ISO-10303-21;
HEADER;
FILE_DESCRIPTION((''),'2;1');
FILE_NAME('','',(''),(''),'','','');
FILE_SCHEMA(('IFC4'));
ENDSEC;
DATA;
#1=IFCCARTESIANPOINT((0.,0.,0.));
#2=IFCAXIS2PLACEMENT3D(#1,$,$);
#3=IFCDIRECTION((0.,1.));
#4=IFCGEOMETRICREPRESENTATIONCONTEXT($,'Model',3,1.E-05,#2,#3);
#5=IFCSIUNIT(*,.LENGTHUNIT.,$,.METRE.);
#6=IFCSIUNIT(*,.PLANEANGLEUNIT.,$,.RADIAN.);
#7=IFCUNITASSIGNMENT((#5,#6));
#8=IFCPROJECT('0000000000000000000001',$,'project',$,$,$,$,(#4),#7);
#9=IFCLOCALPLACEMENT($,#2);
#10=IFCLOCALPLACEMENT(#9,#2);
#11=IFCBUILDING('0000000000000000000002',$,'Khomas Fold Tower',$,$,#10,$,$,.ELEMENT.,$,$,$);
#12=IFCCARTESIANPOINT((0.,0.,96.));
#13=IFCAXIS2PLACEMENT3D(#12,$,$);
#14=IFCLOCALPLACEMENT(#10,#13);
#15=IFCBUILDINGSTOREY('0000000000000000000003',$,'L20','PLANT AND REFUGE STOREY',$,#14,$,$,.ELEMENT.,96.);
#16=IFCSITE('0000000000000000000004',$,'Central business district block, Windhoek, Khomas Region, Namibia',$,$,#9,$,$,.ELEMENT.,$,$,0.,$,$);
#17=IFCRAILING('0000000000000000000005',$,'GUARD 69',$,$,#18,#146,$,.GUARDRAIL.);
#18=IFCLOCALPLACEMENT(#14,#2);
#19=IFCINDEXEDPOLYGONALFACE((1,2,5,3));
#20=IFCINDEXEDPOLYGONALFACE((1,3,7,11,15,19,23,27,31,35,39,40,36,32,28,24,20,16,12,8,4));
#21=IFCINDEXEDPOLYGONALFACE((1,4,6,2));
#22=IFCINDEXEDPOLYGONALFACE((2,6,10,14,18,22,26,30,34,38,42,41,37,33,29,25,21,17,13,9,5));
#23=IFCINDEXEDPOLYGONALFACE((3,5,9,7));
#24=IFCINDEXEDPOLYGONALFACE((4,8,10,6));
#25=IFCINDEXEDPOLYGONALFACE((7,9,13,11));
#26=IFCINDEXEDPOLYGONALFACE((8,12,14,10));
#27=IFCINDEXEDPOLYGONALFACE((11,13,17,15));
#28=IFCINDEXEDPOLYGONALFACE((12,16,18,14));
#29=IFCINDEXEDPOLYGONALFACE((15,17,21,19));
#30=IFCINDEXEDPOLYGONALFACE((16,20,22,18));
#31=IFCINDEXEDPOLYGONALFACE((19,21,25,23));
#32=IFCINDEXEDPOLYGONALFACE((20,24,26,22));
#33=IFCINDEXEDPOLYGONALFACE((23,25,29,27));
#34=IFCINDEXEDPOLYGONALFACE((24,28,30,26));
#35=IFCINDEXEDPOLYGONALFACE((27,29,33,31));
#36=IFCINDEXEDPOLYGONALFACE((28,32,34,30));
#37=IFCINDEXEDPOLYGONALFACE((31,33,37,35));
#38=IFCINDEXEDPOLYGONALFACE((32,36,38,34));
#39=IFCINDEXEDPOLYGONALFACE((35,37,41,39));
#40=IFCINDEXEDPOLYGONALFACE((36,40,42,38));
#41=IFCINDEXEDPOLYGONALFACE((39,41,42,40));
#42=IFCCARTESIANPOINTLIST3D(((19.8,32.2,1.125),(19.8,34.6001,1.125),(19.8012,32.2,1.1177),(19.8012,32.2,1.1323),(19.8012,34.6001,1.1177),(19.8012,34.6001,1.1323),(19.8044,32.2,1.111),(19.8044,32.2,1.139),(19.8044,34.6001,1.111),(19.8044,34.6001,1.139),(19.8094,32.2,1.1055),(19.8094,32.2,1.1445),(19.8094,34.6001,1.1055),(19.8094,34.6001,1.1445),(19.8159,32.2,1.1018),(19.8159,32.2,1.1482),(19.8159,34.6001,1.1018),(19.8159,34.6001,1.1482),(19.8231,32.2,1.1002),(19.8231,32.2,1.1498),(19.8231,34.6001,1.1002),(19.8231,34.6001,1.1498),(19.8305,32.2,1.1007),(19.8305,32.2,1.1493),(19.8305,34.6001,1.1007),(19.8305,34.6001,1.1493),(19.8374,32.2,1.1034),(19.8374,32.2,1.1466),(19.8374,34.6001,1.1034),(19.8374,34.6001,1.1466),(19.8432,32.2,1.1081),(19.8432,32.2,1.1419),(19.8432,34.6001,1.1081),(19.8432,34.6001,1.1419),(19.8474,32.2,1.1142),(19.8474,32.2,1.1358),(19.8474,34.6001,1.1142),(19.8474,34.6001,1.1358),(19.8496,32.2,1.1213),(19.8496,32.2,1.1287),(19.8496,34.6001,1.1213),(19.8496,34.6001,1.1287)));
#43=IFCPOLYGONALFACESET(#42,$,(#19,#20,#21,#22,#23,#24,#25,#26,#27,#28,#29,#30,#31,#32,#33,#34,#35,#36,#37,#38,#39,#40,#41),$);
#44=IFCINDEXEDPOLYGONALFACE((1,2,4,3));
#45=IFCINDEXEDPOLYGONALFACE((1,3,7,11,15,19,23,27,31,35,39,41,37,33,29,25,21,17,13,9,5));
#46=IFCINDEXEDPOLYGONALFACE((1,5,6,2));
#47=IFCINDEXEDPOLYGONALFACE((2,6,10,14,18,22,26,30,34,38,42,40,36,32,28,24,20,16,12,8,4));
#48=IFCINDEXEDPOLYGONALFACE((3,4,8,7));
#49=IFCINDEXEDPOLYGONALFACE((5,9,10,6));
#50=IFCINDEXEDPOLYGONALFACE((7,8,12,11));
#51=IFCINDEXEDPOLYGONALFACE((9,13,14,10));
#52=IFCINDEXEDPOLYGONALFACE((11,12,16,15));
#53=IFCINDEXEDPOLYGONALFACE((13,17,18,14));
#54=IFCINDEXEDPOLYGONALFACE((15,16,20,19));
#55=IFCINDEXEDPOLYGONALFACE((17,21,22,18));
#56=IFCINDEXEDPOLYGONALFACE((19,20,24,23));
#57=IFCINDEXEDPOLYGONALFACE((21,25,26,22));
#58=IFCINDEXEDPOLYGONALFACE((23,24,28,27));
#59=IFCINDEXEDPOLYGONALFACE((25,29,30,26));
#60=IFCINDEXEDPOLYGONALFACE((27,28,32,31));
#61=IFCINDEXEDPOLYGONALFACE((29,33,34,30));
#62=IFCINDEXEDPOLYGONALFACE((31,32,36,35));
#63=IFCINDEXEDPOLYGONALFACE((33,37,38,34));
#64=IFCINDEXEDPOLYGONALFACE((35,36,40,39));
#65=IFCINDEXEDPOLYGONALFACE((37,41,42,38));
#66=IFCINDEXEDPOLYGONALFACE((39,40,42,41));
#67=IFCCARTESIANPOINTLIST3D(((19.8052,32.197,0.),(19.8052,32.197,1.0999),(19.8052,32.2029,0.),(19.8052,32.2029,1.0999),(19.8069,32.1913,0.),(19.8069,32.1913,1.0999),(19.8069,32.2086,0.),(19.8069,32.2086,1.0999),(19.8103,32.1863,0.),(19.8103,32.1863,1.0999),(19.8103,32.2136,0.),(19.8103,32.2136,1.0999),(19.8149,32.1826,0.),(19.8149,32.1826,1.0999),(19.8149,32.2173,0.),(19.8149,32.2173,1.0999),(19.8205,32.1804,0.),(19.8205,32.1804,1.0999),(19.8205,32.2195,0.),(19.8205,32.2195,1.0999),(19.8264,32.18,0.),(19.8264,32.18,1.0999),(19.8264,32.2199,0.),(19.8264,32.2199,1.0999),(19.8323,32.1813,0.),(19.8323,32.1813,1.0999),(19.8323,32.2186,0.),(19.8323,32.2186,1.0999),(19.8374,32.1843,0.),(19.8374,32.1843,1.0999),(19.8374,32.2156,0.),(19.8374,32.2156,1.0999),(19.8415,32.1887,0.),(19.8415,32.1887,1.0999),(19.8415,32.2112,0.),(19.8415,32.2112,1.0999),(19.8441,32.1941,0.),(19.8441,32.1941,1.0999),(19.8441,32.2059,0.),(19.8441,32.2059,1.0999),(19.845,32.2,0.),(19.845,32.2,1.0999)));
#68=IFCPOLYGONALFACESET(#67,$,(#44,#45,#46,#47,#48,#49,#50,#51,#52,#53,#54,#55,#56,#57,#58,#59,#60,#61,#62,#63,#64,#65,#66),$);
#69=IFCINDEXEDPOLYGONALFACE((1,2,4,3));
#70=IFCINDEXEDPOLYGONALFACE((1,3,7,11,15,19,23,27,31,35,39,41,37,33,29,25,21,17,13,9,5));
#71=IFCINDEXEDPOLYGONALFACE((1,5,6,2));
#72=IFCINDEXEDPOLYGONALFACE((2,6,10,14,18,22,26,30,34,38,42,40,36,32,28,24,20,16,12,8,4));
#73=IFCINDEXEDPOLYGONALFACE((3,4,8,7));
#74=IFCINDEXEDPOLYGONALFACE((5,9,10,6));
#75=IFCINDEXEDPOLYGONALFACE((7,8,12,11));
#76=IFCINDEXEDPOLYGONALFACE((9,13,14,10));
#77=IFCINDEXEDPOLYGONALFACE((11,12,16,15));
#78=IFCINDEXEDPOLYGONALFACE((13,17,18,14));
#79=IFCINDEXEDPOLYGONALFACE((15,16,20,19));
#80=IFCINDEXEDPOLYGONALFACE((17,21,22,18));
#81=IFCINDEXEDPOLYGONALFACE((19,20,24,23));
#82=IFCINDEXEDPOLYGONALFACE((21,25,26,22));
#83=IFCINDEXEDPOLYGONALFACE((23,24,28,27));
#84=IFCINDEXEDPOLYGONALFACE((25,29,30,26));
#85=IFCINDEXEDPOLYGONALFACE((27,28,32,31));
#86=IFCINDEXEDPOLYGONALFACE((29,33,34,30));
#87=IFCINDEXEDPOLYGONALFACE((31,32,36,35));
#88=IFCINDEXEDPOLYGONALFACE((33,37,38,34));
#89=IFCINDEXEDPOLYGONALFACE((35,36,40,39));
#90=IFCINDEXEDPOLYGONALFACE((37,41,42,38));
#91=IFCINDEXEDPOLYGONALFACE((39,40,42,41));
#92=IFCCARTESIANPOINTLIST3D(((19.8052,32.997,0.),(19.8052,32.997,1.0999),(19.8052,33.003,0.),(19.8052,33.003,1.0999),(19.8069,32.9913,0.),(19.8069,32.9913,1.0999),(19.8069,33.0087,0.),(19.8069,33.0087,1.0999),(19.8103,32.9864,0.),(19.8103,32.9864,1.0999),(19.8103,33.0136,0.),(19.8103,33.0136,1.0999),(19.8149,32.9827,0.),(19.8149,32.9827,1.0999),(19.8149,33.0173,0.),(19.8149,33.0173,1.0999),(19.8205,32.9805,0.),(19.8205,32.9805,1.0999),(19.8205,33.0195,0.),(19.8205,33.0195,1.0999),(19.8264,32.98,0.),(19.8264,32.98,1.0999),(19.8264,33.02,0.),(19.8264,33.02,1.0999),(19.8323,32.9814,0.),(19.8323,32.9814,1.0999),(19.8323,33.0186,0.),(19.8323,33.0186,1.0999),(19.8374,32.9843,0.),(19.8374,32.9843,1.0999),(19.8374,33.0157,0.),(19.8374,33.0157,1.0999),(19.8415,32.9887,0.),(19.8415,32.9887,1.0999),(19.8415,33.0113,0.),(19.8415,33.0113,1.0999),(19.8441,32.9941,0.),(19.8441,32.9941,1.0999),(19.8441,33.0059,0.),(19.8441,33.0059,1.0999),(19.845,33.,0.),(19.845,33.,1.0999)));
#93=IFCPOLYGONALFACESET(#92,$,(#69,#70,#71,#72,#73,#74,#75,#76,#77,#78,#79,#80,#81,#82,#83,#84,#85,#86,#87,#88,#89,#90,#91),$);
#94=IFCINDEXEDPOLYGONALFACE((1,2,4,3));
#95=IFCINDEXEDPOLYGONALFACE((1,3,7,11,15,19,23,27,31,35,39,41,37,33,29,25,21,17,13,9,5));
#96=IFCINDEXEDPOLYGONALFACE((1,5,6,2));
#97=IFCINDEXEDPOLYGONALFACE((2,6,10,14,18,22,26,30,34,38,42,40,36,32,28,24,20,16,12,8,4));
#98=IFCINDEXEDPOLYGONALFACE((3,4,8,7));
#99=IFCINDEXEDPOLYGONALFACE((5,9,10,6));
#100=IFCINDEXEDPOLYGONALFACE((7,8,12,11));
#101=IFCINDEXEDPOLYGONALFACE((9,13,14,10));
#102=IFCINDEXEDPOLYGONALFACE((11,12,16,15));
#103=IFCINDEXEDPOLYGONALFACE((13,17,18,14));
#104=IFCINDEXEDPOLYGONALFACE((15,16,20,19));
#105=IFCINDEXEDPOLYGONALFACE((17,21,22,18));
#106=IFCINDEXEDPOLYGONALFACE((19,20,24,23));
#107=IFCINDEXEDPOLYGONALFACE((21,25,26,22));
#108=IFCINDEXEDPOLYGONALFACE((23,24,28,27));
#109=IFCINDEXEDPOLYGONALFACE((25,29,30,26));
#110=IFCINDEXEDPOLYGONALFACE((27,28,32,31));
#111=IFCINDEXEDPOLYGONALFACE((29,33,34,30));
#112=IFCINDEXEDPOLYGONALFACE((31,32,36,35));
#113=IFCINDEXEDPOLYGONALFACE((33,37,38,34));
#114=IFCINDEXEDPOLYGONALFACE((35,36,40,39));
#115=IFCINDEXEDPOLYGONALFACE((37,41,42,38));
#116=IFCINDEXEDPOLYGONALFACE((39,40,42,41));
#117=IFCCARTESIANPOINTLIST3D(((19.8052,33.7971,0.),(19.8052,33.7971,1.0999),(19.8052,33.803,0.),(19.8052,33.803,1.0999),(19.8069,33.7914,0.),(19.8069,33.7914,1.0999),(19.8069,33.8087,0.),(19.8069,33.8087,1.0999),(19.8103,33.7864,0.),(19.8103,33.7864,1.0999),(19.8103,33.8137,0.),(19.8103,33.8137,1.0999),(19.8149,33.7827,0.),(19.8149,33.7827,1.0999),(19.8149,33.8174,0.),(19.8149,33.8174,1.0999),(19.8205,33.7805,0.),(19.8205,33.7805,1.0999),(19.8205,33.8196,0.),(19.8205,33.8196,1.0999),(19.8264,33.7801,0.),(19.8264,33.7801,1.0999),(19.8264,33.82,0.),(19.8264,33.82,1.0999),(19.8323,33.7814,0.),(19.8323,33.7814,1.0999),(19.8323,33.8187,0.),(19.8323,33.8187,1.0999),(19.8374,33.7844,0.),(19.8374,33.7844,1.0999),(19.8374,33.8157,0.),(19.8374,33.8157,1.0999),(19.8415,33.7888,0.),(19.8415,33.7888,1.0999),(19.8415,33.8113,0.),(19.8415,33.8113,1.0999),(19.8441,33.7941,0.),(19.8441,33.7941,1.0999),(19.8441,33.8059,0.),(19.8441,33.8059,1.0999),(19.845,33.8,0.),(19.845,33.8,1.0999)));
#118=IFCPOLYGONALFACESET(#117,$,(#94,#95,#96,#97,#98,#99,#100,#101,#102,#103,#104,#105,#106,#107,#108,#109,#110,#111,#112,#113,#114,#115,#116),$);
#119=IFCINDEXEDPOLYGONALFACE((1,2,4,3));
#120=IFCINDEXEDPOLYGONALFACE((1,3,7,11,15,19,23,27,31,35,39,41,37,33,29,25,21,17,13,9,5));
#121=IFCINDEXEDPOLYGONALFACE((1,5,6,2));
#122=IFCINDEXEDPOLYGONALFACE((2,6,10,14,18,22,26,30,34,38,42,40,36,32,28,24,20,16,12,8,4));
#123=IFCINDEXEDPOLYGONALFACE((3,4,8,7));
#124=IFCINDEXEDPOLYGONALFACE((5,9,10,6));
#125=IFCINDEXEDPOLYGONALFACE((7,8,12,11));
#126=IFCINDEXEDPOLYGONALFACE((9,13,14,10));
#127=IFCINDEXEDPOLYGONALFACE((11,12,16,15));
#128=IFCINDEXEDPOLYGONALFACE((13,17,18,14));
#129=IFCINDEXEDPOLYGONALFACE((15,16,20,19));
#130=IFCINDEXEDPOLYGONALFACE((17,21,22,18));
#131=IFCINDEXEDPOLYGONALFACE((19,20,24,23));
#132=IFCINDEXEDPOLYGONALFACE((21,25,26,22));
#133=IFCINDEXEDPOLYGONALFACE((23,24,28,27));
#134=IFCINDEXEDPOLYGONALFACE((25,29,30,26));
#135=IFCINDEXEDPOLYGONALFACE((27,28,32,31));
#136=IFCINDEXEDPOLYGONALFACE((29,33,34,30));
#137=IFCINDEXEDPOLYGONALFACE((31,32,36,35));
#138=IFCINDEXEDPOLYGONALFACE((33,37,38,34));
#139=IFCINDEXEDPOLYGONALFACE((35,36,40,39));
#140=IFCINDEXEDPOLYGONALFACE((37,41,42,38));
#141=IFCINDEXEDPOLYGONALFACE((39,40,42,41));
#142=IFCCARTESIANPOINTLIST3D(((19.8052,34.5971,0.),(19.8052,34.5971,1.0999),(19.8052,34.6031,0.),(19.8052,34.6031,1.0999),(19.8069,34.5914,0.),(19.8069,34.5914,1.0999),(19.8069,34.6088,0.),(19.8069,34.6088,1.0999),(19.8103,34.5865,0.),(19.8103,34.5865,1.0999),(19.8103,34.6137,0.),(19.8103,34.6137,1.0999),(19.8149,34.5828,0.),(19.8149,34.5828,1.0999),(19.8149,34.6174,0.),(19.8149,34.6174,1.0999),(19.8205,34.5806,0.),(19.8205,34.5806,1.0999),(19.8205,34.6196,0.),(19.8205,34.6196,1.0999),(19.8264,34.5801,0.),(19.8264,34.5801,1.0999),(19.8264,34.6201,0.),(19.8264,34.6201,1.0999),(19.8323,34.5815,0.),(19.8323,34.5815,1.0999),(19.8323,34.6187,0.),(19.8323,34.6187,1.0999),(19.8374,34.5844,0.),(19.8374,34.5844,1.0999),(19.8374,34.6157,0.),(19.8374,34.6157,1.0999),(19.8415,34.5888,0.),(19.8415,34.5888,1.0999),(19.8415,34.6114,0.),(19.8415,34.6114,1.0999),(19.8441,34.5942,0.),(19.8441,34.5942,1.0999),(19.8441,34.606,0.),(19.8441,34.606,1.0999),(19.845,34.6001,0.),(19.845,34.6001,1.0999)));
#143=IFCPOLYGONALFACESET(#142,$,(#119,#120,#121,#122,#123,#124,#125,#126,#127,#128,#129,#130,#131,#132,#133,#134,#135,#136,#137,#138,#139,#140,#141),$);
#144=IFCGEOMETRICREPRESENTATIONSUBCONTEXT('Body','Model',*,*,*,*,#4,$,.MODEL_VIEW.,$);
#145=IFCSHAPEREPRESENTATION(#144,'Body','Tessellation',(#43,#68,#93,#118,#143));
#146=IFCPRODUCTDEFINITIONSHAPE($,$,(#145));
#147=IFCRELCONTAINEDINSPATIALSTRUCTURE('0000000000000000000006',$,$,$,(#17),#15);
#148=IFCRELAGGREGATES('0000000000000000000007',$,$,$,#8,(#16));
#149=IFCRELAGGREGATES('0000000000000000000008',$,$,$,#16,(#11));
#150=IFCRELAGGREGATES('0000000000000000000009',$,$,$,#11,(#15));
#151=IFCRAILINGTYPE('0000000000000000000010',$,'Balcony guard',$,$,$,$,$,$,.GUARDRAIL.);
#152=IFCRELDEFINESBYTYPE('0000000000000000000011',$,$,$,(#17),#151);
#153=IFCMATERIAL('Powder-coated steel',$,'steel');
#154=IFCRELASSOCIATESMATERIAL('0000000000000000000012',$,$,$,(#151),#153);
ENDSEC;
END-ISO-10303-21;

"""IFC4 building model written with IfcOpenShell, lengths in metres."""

from ifc_helpers import new_model, si_unit, direction, frame, origin, origin_2d, place, context, subcontext, project, spatial, circle, extrude, source, transform, mapped, material, type_object, element, save


model = new_model("IFC4")

# Units and contexts
model_context = context("Model", 3, precision=1e-05, world=origin(), true_north=direction((0.0, 1.0)))
body_context = subcontext(model_context, "Body", "Model", "MODEL_VIEW")
ifc_project = project(units=[si_unit("LENGTHUNIT", "METRE"), si_unit("PLANEANGLEUNIT", "RADIAN")], contexts=[model_context])

# Site, building, storey
site_placement = place(None, origin())
site = spatial("IfcSite", under=ifc_project, at=site_placement, Name="Central business district block, Windhoek, Khomas Region, Namibia", CompositionType="ELEMENT", RefElevation=0.0)
building_placement = place(site_placement, origin())
building = spatial("IfcBuilding", under=site, at=building_placement, Name="Khomas Fold Tower", CompositionType="ELEMENT")
storey_placement = place(building_placement, frame((0.0, 0.0, 96.0)))
storey = spatial("IfcBuildingStorey", under=building, at=storey_placement, Name="L20", Description="PLANT AND REFUGE STOREY", CompositionType="ELEMENT", Elevation=96.0)

# Railing
ifc_material_1 = material(Name="Powder-coated steel", Category="steel")
railing_type_1 = type_object("IfcRailingType", Name="Balcony guard", PredefinedType="GUARDRAIL", material=ifc_material_1)
shared_shape_1 = source(origin(), body_context, "Body", "SweptSolid", [
    extrude(circle(Radius=0.0249, at=origin_2d()), frame((0.0, 0.0, 1.125), z_axis=(0.0, 1.0, 0.0), x_axis=(-1.0, 0.0, 0.0)), (0.0, 0.0, 1.0), 2.4001),
    extrude(circle(Radius=0.02, at=origin_2d()), origin(), (0.0, 0.0, 1.0), 1.0999),
    extrude(circle(Radius=0.02, at=origin_2d()), frame((0.0, 0.8, 0.0)), (0.0, 0.0, 1.0), 1.0999),
    extrude(circle(Radius=0.02, at=origin_2d()), frame((0.0, 1.6001, 0.0)), (0.0, 0.0, 1.0), 1.0999),
    extrude(circle(Radius=0.02, at=origin_2d()), frame((0.0, 2.4001, 0.0)), (0.0, 0.0, 1.0), 1.0999),
])
for number, where, name in (
    (1, (19.825, 32.2, 0.0), "GUARD 69"),
):
    element("IfcRailing", number, at=place(storey_placement, frame(where)), inside=storey, type_object=railing_type_1, Name=name, PredefinedType="GUARDRAIL", context=body_context, shape_type="MappedRepresentation", body=[
        mapped(shared_shape_1, transform((0.0, 0.0, 0.0))),
    ])

save(model, "model.ifc")
